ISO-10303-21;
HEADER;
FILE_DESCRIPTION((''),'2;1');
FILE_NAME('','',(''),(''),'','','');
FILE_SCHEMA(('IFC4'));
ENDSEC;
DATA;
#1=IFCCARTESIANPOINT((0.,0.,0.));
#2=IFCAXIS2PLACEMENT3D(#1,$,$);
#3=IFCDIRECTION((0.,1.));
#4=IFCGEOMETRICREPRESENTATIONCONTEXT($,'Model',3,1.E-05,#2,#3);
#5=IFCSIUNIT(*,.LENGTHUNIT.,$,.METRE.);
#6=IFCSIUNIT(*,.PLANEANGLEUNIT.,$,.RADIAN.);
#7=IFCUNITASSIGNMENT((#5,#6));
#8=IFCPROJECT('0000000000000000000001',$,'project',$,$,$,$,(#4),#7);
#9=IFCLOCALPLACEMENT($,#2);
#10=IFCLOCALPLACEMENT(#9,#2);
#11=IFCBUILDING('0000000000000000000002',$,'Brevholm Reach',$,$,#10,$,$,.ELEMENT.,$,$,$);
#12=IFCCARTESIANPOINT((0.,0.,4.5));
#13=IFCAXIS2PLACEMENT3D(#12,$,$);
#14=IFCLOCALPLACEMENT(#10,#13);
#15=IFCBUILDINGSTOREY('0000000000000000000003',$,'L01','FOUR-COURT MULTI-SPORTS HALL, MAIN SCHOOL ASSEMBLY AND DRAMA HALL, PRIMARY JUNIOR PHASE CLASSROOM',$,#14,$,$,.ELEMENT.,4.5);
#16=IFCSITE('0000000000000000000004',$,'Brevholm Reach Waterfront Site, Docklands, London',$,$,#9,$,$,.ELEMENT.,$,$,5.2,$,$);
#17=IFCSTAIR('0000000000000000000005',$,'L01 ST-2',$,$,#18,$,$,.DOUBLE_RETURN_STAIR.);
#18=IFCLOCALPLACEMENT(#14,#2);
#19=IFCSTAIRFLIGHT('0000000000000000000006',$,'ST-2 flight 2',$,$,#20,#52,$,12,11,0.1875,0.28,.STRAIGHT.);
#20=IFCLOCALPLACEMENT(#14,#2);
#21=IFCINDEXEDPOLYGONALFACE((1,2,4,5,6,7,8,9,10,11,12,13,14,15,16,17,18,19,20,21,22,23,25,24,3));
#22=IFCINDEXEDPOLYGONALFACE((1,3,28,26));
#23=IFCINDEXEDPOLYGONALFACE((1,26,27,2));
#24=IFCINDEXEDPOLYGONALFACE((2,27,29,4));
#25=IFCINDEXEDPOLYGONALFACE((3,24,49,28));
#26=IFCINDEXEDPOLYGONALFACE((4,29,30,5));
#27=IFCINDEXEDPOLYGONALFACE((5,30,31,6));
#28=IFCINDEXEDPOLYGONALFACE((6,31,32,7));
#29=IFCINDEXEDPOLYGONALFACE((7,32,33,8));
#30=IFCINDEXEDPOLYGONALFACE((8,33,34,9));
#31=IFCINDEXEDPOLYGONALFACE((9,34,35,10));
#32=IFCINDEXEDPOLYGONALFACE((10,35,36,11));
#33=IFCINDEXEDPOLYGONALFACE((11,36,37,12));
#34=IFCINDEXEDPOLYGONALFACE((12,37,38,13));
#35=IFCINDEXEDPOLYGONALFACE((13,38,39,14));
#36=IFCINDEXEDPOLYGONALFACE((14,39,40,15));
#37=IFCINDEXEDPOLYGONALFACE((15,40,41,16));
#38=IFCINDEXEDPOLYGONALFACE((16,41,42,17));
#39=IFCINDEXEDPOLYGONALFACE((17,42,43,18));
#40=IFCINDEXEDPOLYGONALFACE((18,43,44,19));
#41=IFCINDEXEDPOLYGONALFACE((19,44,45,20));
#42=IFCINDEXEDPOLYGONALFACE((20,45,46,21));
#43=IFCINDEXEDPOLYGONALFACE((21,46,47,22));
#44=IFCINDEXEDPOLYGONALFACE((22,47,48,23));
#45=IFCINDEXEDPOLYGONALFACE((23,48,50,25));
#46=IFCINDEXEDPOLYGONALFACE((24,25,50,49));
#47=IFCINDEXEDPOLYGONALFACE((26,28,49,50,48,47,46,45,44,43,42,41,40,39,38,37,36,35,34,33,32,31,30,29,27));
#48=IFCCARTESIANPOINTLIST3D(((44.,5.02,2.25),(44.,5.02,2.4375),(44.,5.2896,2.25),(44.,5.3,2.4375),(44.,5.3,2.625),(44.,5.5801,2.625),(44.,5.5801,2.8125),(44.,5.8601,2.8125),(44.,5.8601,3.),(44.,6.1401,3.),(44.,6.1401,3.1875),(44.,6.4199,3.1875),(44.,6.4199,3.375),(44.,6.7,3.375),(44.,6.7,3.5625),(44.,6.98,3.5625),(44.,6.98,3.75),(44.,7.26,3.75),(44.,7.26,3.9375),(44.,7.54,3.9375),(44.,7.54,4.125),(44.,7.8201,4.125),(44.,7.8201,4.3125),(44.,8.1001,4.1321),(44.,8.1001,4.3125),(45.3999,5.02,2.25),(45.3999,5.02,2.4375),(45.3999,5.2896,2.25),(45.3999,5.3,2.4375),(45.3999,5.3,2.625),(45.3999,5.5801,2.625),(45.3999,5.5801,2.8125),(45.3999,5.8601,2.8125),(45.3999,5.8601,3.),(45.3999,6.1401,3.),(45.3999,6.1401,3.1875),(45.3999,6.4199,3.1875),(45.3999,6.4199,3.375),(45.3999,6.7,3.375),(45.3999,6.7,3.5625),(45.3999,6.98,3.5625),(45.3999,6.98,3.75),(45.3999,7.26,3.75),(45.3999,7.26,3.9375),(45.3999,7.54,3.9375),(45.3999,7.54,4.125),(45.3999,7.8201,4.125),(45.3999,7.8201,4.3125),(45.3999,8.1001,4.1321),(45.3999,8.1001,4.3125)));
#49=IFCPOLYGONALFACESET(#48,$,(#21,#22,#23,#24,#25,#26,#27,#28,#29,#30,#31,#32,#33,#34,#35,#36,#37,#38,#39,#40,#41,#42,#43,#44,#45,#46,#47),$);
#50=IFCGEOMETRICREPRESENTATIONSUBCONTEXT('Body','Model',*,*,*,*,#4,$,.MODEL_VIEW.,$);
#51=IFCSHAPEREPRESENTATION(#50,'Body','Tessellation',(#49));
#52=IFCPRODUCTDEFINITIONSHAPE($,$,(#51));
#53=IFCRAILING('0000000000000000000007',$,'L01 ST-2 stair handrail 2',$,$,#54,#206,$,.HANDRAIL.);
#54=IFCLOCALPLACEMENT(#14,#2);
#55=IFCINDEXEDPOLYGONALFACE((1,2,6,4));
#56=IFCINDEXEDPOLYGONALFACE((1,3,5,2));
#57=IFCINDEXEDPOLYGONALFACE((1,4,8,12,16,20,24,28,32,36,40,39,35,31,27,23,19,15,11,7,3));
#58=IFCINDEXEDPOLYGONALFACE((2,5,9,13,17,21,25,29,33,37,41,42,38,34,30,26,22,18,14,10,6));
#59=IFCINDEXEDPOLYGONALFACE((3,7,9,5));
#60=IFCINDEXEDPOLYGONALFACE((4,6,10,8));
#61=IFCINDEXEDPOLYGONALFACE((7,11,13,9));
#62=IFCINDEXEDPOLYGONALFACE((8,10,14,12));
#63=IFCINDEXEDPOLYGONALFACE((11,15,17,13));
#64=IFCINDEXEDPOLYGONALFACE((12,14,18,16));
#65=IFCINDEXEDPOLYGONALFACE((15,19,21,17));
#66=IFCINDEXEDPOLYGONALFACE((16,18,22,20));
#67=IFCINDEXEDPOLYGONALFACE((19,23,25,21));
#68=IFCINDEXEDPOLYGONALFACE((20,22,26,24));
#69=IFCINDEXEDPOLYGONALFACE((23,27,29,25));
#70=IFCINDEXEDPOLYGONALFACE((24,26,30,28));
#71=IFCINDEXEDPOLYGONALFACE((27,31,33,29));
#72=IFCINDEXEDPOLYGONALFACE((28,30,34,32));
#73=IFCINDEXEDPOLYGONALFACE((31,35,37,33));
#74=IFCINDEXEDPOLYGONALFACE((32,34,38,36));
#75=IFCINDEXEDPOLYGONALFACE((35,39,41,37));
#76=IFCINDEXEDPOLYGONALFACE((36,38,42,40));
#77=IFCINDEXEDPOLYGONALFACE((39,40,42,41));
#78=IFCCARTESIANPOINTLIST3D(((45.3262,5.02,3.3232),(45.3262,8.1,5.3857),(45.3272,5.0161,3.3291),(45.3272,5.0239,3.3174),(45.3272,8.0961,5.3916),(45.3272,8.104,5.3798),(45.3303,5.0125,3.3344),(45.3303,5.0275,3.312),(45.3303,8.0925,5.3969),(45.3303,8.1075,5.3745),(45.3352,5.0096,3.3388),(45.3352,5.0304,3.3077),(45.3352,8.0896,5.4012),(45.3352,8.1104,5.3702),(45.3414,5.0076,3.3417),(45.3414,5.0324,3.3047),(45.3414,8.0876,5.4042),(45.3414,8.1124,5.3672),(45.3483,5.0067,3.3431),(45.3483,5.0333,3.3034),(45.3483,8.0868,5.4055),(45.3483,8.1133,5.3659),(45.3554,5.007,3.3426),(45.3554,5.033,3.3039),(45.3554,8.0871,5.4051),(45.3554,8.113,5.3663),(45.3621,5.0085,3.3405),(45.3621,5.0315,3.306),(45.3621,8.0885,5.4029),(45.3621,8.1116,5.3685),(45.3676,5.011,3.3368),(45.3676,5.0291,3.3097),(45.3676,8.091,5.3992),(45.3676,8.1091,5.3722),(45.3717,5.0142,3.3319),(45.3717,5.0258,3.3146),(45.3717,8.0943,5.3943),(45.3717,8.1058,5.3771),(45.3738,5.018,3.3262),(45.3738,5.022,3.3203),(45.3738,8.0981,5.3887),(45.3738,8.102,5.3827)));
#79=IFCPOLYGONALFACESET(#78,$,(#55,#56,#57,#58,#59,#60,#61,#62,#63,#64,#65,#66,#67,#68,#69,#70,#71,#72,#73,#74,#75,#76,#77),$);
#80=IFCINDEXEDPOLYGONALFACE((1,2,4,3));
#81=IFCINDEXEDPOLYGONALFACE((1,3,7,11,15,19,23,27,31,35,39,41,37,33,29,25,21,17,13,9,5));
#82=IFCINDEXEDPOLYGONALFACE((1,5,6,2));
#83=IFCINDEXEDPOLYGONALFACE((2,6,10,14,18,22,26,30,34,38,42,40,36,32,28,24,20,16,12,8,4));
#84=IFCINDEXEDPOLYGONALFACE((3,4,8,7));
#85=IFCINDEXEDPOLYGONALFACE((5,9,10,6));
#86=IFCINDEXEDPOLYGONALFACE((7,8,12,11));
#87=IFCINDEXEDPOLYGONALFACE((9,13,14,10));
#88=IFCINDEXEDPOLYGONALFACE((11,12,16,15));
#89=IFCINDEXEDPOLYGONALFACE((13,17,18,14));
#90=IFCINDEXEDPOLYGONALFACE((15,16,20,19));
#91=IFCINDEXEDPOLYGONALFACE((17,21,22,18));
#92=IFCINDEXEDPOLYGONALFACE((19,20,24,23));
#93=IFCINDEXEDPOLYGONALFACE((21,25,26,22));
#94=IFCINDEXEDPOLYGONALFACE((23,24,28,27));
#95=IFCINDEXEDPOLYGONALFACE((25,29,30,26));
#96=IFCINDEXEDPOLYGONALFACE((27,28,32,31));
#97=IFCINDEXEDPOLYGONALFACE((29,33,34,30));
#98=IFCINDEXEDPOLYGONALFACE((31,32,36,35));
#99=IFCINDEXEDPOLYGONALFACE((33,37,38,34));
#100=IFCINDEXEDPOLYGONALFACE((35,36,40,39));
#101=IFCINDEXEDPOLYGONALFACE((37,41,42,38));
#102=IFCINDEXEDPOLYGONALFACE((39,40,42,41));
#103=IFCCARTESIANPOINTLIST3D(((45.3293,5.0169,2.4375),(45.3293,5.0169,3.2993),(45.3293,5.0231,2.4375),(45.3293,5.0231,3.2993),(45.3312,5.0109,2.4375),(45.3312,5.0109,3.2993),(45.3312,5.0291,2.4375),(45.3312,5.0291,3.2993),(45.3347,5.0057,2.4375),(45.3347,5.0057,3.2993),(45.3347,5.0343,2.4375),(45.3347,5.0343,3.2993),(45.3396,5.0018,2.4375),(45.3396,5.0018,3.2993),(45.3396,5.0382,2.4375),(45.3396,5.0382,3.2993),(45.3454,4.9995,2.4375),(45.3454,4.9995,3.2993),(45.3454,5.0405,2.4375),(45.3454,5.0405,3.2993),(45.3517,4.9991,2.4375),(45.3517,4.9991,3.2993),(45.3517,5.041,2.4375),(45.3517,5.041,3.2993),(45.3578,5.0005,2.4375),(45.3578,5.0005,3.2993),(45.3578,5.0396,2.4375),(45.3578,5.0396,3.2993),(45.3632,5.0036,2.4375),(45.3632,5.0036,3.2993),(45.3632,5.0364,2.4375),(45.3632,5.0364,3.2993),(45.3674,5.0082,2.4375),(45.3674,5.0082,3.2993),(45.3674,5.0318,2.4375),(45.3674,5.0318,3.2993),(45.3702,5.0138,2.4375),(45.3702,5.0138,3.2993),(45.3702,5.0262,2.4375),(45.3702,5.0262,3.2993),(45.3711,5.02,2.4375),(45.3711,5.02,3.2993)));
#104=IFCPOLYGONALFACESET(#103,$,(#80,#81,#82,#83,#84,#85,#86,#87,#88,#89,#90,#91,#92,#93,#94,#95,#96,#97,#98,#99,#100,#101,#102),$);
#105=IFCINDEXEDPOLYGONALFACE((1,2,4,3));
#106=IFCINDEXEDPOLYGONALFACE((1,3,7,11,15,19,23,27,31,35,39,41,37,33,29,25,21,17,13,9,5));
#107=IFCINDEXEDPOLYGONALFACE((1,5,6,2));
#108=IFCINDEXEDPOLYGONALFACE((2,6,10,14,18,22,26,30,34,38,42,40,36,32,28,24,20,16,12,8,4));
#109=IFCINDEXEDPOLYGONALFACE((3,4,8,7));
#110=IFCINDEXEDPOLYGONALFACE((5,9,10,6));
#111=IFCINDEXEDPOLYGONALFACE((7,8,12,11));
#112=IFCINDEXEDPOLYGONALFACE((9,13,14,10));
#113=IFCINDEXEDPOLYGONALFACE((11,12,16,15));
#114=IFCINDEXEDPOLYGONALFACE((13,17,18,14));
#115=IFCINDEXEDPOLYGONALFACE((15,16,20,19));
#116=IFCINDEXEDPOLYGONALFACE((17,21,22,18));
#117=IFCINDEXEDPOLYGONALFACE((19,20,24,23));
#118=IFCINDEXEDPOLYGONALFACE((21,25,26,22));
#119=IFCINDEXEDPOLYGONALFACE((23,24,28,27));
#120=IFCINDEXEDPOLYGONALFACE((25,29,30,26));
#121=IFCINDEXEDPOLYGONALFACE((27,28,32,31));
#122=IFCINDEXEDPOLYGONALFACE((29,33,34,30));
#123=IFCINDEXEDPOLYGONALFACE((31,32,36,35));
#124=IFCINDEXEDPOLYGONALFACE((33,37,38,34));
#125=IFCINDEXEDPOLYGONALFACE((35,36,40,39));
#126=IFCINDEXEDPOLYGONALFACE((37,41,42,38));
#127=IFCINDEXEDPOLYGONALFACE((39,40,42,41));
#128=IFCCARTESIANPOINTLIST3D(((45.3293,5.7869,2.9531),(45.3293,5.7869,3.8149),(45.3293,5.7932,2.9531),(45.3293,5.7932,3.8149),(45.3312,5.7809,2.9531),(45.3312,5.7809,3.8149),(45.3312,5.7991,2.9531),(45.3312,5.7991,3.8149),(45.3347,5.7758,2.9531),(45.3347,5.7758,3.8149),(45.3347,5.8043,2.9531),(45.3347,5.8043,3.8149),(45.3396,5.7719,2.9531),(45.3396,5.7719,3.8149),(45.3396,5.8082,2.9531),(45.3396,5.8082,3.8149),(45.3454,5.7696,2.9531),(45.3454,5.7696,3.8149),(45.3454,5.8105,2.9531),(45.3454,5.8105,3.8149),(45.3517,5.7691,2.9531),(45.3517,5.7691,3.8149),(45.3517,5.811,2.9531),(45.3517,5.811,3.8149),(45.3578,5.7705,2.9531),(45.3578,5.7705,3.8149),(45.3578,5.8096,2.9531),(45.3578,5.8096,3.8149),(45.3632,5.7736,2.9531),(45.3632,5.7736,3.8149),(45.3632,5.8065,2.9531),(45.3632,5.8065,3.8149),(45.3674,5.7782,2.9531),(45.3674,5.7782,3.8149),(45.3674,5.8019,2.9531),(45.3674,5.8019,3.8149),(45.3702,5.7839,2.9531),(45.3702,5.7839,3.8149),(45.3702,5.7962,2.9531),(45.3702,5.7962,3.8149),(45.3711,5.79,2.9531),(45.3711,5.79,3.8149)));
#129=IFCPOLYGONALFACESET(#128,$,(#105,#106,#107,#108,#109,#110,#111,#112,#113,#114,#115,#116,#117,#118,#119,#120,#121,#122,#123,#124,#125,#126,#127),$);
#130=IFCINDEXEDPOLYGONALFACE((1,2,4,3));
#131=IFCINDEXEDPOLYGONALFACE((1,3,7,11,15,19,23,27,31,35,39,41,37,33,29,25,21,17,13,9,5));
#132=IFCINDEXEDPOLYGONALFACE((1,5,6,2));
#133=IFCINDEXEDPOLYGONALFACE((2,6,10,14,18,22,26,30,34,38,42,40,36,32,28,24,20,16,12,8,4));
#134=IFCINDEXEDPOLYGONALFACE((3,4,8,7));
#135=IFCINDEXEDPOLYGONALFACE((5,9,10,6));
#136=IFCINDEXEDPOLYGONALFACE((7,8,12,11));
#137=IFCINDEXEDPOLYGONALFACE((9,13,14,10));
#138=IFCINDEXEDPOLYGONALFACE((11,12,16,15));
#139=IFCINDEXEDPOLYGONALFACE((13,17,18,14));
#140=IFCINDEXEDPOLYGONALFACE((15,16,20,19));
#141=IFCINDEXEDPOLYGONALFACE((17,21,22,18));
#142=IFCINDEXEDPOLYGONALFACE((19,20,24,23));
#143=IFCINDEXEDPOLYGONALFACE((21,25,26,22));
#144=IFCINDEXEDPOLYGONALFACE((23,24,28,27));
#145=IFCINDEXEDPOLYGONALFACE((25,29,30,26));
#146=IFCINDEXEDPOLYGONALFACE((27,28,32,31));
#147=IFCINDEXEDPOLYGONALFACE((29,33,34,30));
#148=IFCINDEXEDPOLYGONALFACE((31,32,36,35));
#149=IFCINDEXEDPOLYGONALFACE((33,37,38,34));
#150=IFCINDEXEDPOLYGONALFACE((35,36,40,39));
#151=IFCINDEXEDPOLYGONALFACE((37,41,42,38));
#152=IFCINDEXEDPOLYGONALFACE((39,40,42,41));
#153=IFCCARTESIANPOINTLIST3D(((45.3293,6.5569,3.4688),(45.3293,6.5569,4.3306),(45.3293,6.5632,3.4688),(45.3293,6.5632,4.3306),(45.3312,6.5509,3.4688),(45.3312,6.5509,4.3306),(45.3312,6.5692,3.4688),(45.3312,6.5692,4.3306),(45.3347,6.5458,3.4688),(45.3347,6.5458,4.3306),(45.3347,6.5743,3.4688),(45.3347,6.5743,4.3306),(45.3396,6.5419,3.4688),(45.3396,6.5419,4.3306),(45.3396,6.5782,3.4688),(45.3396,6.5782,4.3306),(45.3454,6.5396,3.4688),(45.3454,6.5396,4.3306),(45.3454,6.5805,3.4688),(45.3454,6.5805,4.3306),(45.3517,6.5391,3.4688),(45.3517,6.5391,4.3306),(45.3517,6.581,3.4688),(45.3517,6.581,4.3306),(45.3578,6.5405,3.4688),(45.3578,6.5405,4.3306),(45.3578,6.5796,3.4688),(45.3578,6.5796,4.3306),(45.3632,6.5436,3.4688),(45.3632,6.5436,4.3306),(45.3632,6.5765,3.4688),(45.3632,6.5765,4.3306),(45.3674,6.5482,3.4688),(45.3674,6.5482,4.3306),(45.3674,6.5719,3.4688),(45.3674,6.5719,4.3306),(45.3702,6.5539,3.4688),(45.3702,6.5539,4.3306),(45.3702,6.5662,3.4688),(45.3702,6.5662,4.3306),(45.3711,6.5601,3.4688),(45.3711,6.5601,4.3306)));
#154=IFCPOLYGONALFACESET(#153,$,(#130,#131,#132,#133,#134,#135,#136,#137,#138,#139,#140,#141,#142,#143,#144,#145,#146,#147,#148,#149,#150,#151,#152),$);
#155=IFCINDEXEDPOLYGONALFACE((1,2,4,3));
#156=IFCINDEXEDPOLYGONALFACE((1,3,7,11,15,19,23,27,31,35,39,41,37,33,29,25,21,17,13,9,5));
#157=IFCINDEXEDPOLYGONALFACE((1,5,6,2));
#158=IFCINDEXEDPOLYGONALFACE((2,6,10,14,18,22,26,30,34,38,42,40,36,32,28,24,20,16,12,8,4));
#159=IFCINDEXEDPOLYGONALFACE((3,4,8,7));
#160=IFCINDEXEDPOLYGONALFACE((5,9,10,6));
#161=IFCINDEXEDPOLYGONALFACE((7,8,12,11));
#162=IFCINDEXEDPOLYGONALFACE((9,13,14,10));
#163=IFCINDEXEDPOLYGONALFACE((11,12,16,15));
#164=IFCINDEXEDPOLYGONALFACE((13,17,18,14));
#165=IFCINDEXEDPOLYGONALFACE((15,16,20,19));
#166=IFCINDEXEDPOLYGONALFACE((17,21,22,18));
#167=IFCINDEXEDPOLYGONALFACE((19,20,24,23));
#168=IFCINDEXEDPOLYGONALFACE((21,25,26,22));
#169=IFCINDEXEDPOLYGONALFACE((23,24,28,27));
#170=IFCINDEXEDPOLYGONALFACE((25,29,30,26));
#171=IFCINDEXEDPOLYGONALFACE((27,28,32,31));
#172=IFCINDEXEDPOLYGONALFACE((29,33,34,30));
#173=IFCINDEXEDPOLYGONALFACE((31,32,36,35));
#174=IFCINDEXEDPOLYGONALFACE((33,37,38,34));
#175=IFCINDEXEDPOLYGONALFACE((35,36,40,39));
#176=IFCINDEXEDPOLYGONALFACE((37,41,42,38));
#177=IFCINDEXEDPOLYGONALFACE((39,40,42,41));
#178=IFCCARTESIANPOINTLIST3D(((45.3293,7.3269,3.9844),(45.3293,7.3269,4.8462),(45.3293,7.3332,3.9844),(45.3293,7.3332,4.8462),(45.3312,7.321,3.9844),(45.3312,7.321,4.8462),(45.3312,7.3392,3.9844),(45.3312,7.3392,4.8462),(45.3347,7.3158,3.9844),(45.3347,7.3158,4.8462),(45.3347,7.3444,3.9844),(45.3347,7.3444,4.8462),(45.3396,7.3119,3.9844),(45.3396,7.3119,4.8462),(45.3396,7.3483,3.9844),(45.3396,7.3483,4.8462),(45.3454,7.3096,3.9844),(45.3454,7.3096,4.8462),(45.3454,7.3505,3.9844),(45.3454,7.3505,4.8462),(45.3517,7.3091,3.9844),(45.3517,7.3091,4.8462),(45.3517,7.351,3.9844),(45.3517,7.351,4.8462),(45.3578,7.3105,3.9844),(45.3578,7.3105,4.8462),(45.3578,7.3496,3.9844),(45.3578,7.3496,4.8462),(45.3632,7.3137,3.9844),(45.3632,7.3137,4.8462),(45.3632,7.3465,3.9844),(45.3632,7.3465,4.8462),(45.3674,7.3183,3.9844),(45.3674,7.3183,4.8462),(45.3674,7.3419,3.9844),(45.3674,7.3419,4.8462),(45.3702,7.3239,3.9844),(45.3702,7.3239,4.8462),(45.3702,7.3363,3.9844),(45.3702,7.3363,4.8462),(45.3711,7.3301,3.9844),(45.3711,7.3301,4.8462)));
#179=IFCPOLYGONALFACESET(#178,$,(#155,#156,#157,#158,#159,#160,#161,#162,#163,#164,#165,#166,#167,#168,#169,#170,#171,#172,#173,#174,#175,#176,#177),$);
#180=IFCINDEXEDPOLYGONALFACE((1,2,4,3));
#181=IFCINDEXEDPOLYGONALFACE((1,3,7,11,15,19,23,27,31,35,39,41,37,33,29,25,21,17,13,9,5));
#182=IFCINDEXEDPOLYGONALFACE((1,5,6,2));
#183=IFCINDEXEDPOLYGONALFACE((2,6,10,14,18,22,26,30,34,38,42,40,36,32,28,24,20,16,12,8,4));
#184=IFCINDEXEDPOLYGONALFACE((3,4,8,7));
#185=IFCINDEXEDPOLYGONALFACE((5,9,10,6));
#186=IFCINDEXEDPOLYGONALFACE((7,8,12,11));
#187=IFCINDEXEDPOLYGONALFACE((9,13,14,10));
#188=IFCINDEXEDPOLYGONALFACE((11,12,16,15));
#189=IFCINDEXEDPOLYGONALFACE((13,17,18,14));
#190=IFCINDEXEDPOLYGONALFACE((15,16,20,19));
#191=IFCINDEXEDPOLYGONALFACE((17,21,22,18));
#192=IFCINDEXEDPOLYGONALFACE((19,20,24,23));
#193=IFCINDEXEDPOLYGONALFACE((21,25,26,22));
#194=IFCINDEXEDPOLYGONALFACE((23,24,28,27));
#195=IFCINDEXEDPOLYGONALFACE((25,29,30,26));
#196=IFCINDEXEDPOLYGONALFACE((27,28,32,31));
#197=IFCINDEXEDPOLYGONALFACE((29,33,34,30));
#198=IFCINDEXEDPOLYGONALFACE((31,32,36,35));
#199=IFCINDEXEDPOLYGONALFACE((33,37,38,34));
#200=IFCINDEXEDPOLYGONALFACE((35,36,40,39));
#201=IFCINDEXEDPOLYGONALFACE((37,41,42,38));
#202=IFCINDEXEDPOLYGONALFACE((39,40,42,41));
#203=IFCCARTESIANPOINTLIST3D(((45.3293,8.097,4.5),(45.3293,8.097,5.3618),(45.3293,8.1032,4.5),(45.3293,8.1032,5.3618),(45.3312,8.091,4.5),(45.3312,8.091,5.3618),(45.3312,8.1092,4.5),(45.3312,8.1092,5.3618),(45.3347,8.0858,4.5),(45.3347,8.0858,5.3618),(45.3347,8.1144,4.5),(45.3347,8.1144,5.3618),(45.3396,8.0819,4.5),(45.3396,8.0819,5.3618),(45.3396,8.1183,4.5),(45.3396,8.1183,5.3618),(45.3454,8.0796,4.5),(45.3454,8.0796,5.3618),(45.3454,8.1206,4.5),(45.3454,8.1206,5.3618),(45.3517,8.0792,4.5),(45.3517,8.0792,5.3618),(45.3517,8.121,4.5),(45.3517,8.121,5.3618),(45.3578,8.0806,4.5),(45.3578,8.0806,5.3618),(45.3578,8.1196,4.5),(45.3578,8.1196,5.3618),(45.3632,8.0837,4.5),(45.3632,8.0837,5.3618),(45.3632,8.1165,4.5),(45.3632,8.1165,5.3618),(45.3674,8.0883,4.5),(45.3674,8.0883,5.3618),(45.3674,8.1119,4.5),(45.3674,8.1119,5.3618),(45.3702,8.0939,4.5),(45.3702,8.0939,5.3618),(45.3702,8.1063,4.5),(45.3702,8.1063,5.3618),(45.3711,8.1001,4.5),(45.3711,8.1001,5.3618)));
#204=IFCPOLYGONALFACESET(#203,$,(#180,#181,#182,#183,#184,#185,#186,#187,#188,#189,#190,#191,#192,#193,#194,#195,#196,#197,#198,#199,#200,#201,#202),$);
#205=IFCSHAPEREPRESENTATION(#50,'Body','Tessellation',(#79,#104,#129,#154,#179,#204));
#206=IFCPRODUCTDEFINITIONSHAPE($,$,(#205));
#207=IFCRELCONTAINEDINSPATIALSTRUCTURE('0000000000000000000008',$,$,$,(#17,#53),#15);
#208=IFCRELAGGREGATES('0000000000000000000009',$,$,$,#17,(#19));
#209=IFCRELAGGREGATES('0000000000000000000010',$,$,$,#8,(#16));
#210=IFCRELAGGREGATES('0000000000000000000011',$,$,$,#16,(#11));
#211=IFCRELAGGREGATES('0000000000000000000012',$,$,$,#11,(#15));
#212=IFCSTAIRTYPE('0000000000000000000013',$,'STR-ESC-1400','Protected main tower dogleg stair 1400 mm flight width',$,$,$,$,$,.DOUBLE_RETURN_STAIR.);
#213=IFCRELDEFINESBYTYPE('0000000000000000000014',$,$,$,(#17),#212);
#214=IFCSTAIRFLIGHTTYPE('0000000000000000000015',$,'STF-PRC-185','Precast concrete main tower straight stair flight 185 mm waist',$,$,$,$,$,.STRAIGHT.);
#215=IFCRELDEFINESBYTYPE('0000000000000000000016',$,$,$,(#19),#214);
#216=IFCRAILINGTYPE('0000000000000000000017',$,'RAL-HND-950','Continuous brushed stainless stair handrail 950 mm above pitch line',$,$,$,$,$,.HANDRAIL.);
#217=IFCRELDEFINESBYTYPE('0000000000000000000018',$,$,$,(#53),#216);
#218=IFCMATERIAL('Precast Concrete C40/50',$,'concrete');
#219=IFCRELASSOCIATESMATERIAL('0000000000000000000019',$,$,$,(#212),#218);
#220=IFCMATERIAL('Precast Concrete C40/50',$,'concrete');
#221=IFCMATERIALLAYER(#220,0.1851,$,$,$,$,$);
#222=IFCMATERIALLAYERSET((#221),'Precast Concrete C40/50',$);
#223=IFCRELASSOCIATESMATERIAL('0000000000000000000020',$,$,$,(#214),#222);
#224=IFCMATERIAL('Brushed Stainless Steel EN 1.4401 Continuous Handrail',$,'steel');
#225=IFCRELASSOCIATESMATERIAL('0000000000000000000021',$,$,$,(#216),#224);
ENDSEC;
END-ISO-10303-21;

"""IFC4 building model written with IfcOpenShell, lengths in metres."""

from ifc_helpers import new_model, si_unit, direction, frame, origin, origin_2d, place, context, subcontext, project, spatial, polyline, circle, outline, extrude, material, layer, layer_set, type_object, element, aggregate, save


model = new_model("IFC4")

# Units and contexts
model_context = context("Model", 3, precision=1e-05, world=origin(), true_north=direction((0.0, 1.0)))
body_context = subcontext(model_context, "Body", "Model", "MODEL_VIEW")
ifc_project = project(units=[si_unit("LENGTHUNIT", "METRE"), si_unit("PLANEANGLEUNIT", "RADIAN")], contexts=[model_context])

# Site, building, storey
site_placement = place(None, origin())
site = spatial("IfcSite", under=ifc_project, at=site_placement, Name="Brevholm Reach Waterfront Site, Docklands, London", CompositionType="ELEMENT", RefElevation=5.2)
building_placement = place(site_placement, origin())
building = spatial("IfcBuilding", under=site, at=building_placement, Name="Brevholm Reach", CompositionType="ELEMENT")
storey_placement = place(building_placement, frame((0.0, 0.0, 4.5)))
storey = spatial("IfcBuildingStorey", under=building, at=storey_placement, Name="L01", Description="FOUR-COURT MULTI-SPORTS HALL, MAIN SCHOOL ASSEMBLY AND DRAMA HALL, PRIMARY JUNIOR PHASE CLASSROOM", CompositionType="ELEMENT", Elevation=4.5)

# Stair, stair flight
ifc_material_1 = material(Name="Precast Concrete C40/50", Category="concrete")
stair_type = type_object("IfcStairType", Name="STR-ESC-1400", Description="Protected main tower dogleg stair 1400 mm flight width", PredefinedType="DOUBLE_RETURN_STAIR", material=ifc_material_1)
stair_placement = place(storey_placement, origin())
stair = element("IfcStair", 1, at=stair_placement, inside=storey, type_object=stair_type, Name="L01 ST-2", PredefinedType="DOUBLE_RETURN_STAIR")
ifc_material_2 = material(Name="Precast Concrete C40/50", Category="concrete")
ifc_layer_1 = layer(ifc_material_2, 0.1851)
ifc_layer_set_1 = layer_set([ifc_layer_1], Name="Precast Concrete C40/50")
stair_flight_type = type_object("IfcStairFlightType", Name="STF-PRC-185", Description="Precast concrete main tower straight stair flight 185 mm waist", PredefinedType="STRAIGHT", material=ifc_layer_set_1)
stair_flight_placement = place(storey_placement, frame((44.7, 5.02, 2.25), z_axis=(0.0, 0.0, 1.0), x_axis=(0.0, 1.0, 0.0)))
stair_flight = element("IfcStairFlight", 2, at=stair_flight_placement, type_object=stair_flight_type, Name="ST-2 flight 2", NumberOfRisers=12, NumberOfTreads=11, PredefinedType="STRAIGHT", RiserHeight=0.1875, TreadLength=0.28, context=body_context, shape_type="SweptSolid", body=[
    extrude(outline(polyline([(0.0, 0.0), (0.0, 0.1875), (0.28, 0.1875), (0.28, 0.375), (0.5601, 0.375), (0.5601, 0.5625), (0.8401, 0.5625), (0.8401, 0.75), (1.1201, 0.75), (1.1201, 0.9375), (1.3999, 0.9375), (1.3999, 1.125), (1.6799, 1.125), (1.6799, 1.3125), (1.96, 1.3125), (1.96, 1.5), (2.24, 1.5), (2.24, 1.6875), (2.52, 1.6875), (2.52, 1.875), (2.8, 1.875), (2.8, 2.0625), (3.0801, 2.0625), (3.0801, 2.25), (3.0801, 1.8821), (0.2695, 0.0), (0.0, 0.0)])), frame((0.0, 0.7, 0.0), z_axis=(0.0, -1.0, 0.0), x_axis=(1.0, 0.0, 0.0)), (0.0, 0.0, 1.0), 1.3999),
])
aggregate(stair, [stair_flight])

# Railing
ifc_material_3 = material(Name="Brushed Stainless Steel EN 1.4401 Continuous Handrail", Category="steel")
railing_type_1 = type_object("IfcRailingType", Name="RAL-HND-950", Description="Continuous brushed stainless stair handrail 950 mm above pitch line", PredefinedType="HANDRAIL", material=ifc_material_3)
railing_1_placement = place(storey_placement, frame((45.3501, 5.02, 2.4375)))
element("IfcRailing", 3, at=railing_1_placement, inside=storey, type_object=railing_type_1, Name="L01 ST-2 stair handrail 2", PredefinedType="HANDRAIL", context=body_context, shape_type="SweptSolid", body=[
    extrude(circle(Radius=0.0239, at=origin_2d()), frame((0.0, 0.0, 0.8857), z_axis=(0.0, 0.830914, 0.556401), x_axis=(-1.0, 0.0, 0.0)), (0.0, 0.0, 1.0), 3.7068),
    extrude(circle(Radius=0.021, at=origin_2d()), origin(), (0.0, 0.0, 1.0), 0.8618),
    extrude(circle(Radius=0.021, at=origin_2d()), frame((0.0, 0.77, 0.5156)), (0.0, 0.0, 1.0), 0.8618),
    extrude(circle(Radius=0.021, at=origin_2d()), frame((0.0, 1.54, 1.0312)), (0.0, 0.0, 1.0), 0.8618),
    extrude(circle(Radius=0.021, at=origin_2d()), frame((0.0, 2.3101, 1.5469)), (0.0, 0.0, 1.0), 0.8618),
    extrude(circle(Radius=0.021, at=origin_2d()), frame((0.0, 3.0801, 2.0625)), (0.0, 0.0, 1.0), 0.8618),
])

save(model, "model.ifc")
